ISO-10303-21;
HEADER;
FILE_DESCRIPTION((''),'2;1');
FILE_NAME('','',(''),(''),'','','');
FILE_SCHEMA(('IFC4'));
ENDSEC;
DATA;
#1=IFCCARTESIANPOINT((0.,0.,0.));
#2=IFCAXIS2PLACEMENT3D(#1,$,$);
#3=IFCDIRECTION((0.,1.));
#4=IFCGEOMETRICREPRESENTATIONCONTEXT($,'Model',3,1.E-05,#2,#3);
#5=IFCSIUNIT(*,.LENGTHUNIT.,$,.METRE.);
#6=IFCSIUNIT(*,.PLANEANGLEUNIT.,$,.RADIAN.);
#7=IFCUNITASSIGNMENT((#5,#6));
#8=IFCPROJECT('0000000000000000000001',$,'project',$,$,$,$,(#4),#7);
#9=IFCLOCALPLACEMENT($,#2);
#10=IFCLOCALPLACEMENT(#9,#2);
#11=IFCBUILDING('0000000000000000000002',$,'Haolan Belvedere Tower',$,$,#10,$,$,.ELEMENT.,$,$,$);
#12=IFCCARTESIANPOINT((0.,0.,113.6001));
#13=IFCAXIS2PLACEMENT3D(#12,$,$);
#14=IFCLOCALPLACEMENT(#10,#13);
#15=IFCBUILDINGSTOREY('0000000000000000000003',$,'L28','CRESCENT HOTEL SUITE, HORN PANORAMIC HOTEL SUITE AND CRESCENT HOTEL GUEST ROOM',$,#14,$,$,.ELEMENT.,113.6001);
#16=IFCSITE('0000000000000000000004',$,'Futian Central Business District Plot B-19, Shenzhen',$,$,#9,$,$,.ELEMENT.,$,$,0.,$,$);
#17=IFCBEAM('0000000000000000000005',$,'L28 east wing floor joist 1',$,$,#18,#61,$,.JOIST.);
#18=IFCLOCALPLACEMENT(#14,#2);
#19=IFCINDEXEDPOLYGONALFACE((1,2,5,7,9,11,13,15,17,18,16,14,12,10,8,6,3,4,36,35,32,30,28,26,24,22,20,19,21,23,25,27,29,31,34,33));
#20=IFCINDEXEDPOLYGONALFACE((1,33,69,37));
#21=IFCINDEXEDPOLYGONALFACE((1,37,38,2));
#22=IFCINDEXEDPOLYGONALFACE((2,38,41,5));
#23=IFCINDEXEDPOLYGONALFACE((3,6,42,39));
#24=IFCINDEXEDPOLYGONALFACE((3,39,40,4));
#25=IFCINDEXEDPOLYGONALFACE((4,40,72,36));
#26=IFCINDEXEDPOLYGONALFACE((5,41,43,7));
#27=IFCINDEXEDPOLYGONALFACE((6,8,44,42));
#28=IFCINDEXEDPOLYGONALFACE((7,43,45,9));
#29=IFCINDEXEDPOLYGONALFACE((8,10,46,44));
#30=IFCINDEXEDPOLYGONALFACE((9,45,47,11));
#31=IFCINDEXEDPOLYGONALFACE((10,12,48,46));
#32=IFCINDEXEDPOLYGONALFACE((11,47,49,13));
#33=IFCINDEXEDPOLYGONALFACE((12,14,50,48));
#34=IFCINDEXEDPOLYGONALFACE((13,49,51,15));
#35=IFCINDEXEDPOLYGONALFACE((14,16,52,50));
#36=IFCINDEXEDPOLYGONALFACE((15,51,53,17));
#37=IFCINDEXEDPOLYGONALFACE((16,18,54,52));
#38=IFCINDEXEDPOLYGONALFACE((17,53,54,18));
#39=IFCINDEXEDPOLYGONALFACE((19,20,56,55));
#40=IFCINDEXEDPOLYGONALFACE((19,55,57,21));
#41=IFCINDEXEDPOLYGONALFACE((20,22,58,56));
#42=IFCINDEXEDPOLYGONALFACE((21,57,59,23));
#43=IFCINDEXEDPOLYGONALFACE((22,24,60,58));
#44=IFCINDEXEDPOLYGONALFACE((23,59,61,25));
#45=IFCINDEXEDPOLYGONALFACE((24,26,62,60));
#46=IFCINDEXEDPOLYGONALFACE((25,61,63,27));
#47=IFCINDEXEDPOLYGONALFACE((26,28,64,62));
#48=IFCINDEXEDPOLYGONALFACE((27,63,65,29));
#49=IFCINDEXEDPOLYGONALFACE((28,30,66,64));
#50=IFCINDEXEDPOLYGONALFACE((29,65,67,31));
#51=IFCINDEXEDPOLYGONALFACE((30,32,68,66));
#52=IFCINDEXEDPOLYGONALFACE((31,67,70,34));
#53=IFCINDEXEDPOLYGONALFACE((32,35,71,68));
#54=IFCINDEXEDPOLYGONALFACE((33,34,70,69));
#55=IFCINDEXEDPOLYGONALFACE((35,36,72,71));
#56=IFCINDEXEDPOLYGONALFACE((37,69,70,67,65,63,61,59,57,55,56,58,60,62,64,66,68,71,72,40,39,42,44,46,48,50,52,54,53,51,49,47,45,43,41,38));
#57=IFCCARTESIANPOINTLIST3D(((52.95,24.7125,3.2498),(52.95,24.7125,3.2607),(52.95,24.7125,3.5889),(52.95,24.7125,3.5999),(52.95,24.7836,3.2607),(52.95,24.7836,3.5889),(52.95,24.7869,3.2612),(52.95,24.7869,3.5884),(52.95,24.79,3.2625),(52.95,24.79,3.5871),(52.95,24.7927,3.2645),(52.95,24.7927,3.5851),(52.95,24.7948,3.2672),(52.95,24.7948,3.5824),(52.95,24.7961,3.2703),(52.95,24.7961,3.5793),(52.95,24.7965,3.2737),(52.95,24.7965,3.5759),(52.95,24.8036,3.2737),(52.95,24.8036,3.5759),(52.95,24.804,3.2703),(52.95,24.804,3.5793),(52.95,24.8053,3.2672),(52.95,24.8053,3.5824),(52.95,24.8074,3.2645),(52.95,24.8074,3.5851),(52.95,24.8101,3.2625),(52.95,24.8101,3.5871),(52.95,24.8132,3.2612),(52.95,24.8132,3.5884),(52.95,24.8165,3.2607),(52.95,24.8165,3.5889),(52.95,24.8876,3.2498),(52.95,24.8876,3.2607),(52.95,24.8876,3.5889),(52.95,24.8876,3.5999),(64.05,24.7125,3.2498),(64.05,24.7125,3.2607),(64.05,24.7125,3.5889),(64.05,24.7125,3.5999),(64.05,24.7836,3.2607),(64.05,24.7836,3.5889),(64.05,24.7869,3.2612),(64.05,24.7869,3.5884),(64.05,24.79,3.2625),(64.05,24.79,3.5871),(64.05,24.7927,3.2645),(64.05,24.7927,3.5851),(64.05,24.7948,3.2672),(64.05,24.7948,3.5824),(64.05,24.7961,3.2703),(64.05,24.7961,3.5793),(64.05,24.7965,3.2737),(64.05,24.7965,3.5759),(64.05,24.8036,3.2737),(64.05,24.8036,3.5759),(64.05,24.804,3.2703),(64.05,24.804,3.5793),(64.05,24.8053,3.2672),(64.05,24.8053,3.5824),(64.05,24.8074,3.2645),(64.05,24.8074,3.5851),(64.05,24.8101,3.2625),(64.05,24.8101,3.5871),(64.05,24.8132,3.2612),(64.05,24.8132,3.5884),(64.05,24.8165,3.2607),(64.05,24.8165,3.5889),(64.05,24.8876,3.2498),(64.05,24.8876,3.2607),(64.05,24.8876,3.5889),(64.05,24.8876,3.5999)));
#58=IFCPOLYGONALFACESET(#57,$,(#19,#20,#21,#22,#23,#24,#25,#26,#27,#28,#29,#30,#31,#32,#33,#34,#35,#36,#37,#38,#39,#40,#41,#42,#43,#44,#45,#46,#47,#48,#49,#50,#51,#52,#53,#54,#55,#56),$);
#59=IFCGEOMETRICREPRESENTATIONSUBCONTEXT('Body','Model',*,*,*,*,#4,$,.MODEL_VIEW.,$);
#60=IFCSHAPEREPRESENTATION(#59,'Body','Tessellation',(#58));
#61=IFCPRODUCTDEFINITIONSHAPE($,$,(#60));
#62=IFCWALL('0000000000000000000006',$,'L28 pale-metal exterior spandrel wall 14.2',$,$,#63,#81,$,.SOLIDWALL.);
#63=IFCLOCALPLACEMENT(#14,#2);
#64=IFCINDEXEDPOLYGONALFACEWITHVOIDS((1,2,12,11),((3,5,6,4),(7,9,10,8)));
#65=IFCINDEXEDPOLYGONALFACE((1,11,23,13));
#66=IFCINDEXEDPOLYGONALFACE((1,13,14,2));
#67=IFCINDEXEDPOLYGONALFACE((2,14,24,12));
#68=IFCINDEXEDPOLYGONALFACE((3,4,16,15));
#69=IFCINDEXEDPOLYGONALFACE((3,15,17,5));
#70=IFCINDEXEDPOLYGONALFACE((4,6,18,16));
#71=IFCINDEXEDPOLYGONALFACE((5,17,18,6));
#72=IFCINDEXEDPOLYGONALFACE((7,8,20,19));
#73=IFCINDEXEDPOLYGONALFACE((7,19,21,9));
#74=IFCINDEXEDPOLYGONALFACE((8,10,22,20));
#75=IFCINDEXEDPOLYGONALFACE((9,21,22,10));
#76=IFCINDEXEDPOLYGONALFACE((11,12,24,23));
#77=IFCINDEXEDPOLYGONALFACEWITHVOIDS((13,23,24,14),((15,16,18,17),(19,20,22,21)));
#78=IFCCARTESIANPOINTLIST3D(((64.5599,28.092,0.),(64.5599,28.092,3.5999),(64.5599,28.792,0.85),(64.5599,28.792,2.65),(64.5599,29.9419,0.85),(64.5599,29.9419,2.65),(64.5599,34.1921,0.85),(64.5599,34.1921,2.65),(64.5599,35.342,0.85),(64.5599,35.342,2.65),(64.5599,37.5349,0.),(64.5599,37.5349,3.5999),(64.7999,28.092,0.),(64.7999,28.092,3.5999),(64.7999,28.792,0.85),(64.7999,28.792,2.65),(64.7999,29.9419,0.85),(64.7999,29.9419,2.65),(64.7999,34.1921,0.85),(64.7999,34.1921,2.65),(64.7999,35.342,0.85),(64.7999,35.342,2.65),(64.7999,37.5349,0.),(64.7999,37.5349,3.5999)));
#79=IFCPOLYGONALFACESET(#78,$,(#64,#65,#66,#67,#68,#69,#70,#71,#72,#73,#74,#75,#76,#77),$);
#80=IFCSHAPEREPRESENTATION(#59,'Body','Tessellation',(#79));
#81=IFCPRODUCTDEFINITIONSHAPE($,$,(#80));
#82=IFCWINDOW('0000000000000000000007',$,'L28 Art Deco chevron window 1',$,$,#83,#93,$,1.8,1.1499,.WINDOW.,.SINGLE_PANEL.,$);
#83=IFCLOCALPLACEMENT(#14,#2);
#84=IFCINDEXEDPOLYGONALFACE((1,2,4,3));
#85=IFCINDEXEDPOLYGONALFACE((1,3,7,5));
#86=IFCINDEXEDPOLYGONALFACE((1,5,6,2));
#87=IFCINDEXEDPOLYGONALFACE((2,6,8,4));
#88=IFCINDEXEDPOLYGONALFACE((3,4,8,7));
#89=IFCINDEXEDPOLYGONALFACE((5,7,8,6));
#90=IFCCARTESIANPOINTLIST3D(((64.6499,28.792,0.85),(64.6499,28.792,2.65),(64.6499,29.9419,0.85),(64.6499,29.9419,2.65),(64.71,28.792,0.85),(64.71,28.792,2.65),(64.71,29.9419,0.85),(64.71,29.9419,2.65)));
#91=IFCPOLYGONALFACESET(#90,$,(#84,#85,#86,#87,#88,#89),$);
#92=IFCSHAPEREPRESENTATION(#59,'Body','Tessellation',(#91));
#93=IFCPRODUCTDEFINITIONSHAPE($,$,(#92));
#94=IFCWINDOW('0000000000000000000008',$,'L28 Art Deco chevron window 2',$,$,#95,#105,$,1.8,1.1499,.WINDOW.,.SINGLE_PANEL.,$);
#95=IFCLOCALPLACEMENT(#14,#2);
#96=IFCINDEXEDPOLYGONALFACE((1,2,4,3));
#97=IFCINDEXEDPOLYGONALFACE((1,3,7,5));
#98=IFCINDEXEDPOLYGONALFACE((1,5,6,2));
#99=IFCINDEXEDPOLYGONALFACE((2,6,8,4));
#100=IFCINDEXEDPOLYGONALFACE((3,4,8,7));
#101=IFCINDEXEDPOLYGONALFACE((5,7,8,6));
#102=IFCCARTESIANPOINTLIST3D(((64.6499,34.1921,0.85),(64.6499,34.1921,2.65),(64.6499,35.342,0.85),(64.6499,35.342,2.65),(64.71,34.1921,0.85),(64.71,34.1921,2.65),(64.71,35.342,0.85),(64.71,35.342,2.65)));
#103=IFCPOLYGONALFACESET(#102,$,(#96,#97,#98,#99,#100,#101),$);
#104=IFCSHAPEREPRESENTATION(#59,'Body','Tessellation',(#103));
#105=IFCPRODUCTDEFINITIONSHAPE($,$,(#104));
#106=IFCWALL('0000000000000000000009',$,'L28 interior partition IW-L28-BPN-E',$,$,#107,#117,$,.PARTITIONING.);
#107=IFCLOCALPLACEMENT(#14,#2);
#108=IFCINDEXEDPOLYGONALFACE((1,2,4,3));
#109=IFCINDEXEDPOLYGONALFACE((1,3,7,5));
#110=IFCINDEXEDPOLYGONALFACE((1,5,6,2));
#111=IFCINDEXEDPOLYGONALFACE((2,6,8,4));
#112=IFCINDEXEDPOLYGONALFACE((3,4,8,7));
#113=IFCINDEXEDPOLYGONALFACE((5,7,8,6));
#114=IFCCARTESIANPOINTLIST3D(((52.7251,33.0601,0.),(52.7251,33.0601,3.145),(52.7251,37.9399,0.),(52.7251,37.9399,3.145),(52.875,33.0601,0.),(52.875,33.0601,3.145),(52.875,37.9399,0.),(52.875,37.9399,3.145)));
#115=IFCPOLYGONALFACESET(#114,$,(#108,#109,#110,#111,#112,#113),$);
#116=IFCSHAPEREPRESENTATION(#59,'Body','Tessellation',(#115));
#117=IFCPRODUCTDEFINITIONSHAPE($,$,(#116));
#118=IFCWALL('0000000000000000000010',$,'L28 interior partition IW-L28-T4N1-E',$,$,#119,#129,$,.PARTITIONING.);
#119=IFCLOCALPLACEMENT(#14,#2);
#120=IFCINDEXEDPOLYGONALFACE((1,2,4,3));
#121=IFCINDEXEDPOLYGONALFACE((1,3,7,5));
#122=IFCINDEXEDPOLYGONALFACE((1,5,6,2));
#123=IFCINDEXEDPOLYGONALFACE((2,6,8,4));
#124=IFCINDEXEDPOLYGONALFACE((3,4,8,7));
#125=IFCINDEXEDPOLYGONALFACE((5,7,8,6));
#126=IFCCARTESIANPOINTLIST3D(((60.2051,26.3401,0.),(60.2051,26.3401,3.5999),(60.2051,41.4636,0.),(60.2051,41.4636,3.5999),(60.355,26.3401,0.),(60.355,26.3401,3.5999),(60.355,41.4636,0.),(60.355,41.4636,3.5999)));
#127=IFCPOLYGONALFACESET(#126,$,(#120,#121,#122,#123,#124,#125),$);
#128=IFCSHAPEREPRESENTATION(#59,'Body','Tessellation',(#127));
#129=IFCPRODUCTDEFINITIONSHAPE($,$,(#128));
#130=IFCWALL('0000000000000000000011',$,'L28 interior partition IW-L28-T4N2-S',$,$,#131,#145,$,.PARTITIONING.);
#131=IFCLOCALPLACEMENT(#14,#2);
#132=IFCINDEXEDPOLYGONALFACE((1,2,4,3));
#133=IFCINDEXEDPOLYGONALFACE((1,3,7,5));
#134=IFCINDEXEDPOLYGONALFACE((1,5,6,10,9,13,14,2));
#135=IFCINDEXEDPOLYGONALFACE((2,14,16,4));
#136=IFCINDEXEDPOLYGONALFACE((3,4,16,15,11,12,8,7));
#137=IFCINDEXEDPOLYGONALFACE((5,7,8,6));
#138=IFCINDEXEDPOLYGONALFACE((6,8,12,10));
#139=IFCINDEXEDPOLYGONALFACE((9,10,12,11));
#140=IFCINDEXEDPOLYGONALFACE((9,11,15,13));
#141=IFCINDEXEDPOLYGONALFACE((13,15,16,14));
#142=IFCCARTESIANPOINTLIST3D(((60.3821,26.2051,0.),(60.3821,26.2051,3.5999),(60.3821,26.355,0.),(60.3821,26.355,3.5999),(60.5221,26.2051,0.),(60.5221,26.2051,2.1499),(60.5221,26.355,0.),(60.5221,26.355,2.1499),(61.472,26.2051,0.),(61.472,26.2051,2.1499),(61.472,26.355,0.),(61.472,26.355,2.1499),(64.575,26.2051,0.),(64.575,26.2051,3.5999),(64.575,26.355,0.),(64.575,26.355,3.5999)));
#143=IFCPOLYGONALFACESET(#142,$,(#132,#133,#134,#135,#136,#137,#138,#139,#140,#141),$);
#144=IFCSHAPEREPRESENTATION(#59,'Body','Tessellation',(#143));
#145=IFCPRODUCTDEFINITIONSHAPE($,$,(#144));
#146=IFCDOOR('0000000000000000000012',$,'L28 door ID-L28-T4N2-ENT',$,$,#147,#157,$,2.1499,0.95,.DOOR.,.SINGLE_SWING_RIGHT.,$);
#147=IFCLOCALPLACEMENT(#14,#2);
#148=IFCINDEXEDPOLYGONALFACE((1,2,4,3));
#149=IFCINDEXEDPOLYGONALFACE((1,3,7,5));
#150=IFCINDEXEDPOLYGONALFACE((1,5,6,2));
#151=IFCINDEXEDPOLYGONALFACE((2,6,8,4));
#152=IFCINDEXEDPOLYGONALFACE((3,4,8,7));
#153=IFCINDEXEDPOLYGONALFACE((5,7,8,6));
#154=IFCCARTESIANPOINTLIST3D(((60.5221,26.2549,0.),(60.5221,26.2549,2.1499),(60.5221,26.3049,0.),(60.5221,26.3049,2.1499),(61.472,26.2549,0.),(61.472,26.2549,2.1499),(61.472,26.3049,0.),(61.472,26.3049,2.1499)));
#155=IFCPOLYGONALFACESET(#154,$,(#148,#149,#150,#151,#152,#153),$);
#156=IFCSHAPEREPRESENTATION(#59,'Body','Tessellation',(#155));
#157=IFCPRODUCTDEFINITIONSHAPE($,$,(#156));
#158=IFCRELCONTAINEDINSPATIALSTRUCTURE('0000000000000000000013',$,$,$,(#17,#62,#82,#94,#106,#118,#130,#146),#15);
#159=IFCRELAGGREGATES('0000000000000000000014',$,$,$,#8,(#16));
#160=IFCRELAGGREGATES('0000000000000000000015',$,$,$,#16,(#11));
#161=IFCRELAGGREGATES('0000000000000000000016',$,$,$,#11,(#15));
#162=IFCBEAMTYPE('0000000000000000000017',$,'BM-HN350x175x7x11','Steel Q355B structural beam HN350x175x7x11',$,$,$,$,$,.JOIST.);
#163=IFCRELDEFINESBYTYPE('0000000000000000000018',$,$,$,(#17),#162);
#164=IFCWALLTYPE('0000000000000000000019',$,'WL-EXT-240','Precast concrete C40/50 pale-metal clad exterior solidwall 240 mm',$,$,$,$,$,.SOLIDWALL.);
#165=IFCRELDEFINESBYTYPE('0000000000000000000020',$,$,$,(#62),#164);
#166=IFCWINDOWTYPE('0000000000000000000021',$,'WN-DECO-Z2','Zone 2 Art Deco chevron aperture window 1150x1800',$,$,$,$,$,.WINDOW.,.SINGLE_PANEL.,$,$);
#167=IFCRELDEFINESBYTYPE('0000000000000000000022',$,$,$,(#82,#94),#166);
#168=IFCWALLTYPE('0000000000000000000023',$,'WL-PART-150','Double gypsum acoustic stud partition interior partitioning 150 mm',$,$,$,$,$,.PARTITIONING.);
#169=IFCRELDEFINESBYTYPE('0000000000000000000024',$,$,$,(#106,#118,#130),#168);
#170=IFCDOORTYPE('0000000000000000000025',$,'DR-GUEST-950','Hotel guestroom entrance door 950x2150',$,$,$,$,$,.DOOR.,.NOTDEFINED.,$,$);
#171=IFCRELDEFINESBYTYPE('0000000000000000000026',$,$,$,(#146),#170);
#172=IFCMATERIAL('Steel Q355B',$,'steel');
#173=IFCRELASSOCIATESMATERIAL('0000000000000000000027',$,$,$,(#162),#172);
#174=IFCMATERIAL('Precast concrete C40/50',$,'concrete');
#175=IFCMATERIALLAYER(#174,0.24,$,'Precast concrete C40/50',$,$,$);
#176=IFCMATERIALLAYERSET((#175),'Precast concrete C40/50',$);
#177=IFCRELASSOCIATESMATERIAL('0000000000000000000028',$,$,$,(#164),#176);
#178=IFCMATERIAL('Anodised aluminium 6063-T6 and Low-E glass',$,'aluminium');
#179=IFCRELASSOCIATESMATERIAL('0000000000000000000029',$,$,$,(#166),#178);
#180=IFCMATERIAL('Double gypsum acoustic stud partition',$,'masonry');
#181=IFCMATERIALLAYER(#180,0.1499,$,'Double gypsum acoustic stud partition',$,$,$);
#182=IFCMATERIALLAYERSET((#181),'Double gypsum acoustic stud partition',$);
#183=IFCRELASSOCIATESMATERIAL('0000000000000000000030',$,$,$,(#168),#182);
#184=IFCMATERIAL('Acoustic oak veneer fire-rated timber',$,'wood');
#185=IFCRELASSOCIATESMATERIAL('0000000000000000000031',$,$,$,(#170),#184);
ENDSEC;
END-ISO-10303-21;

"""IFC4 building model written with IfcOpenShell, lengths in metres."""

from ifc_helpers import new_model, si_unit, direction, frame, frame_2d, origin, origin_2d, place, context, subcontext, project, spatial, rectangle, i_section, extrude, material, layer, layer_set, material_profile, profile_set, type_object, element, fill, save


model = new_model("IFC4")

# Units and contexts
model_context = context("Model", 3, precision=1e-05, world=origin(), true_north=direction((0.0, 1.0)))
body_context = subcontext(model_context, "Body", "Model", "MODEL_VIEW")
ifc_project = project(units=[si_unit("LENGTHUNIT", "METRE"), si_unit("PLANEANGLEUNIT", "RADIAN")], contexts=[model_context])

# Site, building, storey
site_placement = place(None, origin())
site = spatial("IfcSite", under=ifc_project, at=site_placement, Name="Futian Central Business District Plot B-19, Shenzhen", CompositionType="ELEMENT", RefElevation=0.0)
building_placement = place(site_placement, origin())
building = spatial("IfcBuilding", under=site, at=building_placement, Name="Haolan Belvedere Tower", CompositionType="ELEMENT")
storey_placement = place(building_placement, frame((0.0, 0.0, 113.6001)))
storey = spatial("IfcBuildingStorey", under=building, at=storey_placement, Name="L28", Description="CRESCENT HOTEL SUITE, HORN PANORAMIC HOTEL SUITE AND CRESCENT HOTEL GUEST ROOM", CompositionType="ELEMENT", Elevation=113.6001)

# Beam
ifc_material_1 = material(Name="Steel Q355B", Category="steel")
ifc_material_profile_1 = material_profile(ifc_material_1, i_section(OverallWidth=0.175, OverallDepth=0.3501, WebThickness=0.0071, FlangeThickness=0.011, FilletRadius=0.0129, at=origin_2d()), Name="Steel Q355B")
ifc_profile_set_1 = profile_set([ifc_material_profile_1], Name="Steel Q355B")
beam_type_1 = type_object("IfcBeamType", Name="BM-HN350x175x7x11", Description="Steel Q355B structural beam HN350x175x7x11", PredefinedType="JOIST", material=ifc_profile_set_1)
beam_1_placement = place(storey_placement, frame((52.95, 24.8, 3.4248), z_axis=(1.0, 0.0, 0.0), x_axis=(0.0, 1.0, 0.0)))
element("IfcBeam", 1, at=beam_1_placement, inside=storey, type_object=beam_type_1, Name="L28 east wing floor joist 1", PredefinedType="JOIST", context=body_context, shape_type="SweptSolid", body=[
    extrude(i_section(OverallWidth=0.175, OverallDepth=0.3501, WebThickness=0.0071, FlangeThickness=0.011, FilletRadius=0.0129, at=origin_2d()), origin(), (0.0, 0.0, 1.0), 11.1001),
])

# Wall, openings, windows
ifc_material_2 = material(Name="Precast concrete C40/50", Category="concrete")
ifc_layer_1 = layer(ifc_material_2, 0.24, Name="Precast concrete C40/50")
ifc_layer_set_1 = layer_set([ifc_layer_1], Name="Precast concrete C40/50")
wall_type_1 = type_object("IfcWallType", Name="WL-EXT-240", Description="Precast concrete C40/50 pale-metal clad exterior solidwall 240 mm", PredefinedType="SOLIDWALL", material=ifc_layer_set_1)
wall_1_placement = place(storey_placement, frame((64.6799, 28.092, 0.0), z_axis=(0.0, 0.0, 1.0), x_axis=(0.0, 1.0, 0.0)))
wall_1 = element("IfcWall", 2, at=wall_1_placement, inside=storey, type_object=wall_type_1, Name="L28 pale-metal exterior spandrel wall 14.2", PredefinedType="SOLIDWALL", context=body_context, shape_type="SweptSolid", body=[
    extrude(rectangle(XDim=9.4429, YDim=0.24, at=frame_2d((4.7214, 0.0))), origin(), (0.0, 0.0, 1.0), 3.5999),
])
opening_1_placement = place(wall_1_placement, frame((0.7, 0.0, 0.8501)))
opening_1 = element("IfcOpeningElement", 3, at=opening_1_placement, cuts=wall_1, PredefinedType="OPENING", context=body_context, shape_type="SweptSolid", body=[
    extrude(rectangle(XDim=1.1499, YDim=1.8, at=frame_2d((0.575, 0.8999))), frame((0.0, 0.1299, 0.0), z_axis=(0.0, -1.0, 0.0), x_axis=(1.0, 0.0, 0.0)), (0.0, 0.0, 1.0), 0.26),
])
opening_2_placement = place(wall_1_placement, frame((6.1001, 0.0, 0.8501)))
opening_2 = element("IfcOpeningElement", 4, at=opening_2_placement, cuts=wall_1, PredefinedType="OPENING", context=body_context, shape_type="SweptSolid", body=[
    extrude(rectangle(XDim=1.1499, YDim=1.8, at=frame_2d((0.575, 0.8999))), frame((0.0, 0.1299, 0.0), z_axis=(0.0, -1.0, 0.0), x_axis=(1.0, 0.0, 0.0)), (0.0, 0.0, 1.0), 0.26),
])
ifc_material_3 = material(Name="Anodised aluminium 6063-T6 and Low-E glass", Category="aluminium")
window_type = type_object("IfcWindowType", Name="WN-DECO-Z2", Description="Zone 2 Art Deco chevron aperture window 1150x1800", PartitioningType="SINGLE_PANEL", PredefinedType="WINDOW", material=ifc_material_3)
window_1_placement = place(opening_1_placement, origin())
window_1 = element("IfcWindow", 5, at=window_1_placement, inside=storey, type_object=window_type, Name="L28 Art Deco chevron window 1", OverallHeight=1.8, OverallWidth=1.1499, PartitioningType="SINGLE_PANEL", PredefinedType="WINDOW", context=body_context, shape_type="SweptSolid", body=[
    extrude(rectangle(XDim=1.1499, YDim=1.8, at=frame_2d((0.575, 0.8999))), frame((0.0, 0.03, 0.0), z_axis=(0.0, -1.0, 0.0), x_axis=(1.0, 0.0, 0.0)), (0.0, 0.0, 1.0), 0.0601),
])
fill(opening_1, window_1)
window_2_placement = place(opening_2_placement, origin())
window_2 = element("IfcWindow", 6, at=window_2_placement, inside=storey, type_object=window_type, Name="L28 Art Deco chevron window 2", OverallHeight=1.8, OverallWidth=1.1499, PartitioningType="SINGLE_PANEL", PredefinedType="WINDOW", context=body_context, shape_type="SweptSolid", body=[
    extrude(rectangle(XDim=1.1499, YDim=1.8, at=frame_2d((0.575, 0.8999))), frame((0.0, 0.03, 0.0), z_axis=(0.0, -1.0, 0.0), x_axis=(1.0, 0.0, 0.0)), (0.0, 0.0, 1.0), 0.0601),
])
fill(opening_2, window_2)

# Walls
ifc_material_4 = material(Name="Double gypsum acoustic stud partition", Category="masonry")
ifc_layer_2 = layer(ifc_material_4, 0.1499, Name="Double gypsum acoustic stud partition")
ifc_layer_set_2 = layer_set([ifc_layer_2], Name="Double gypsum acoustic stud partition")
wall_type_2 = type_object("IfcWallType", Name="WL-PART-150", Description="Double gypsum acoustic stud partition interior partitioning 150 mm", PredefinedType="PARTITIONING", material=ifc_layer_set_2)
wall_2_placement = place(storey_placement, frame((52.8, 33.0601, 0.0), z_axis=(0.0, 0.0, 1.0), x_axis=(0.0, 1.0, 0.0)))
element("IfcWall", 7, at=wall_2_placement, inside=storey, type_object=wall_type_2, Name="L28 interior partition IW-L28-BPN-E", PredefinedType="PARTITIONING", context=body_context, shape_type="SweptSolid", body=[
    extrude(rectangle(XDim=4.8799, YDim=0.1499, at=frame_2d((2.4399, 0.0))), origin(), (0.0, 0.0, 1.0), 3.145),
])
wall_3_placement = place(storey_placement, frame((60.28, 26.3401, 0.0), z_axis=(0.0, 0.0, 1.0), x_axis=(0.0, 1.0, 0.0)))
element("IfcWall", 8, at=wall_3_placement, inside=storey, type_object=wall_type_2, Name="L28 interior partition IW-L28-T4N1-E", PredefinedType="PARTITIONING", context=body_context, shape_type="SweptSolid", body=[
    extrude(rectangle(XDim=15.1235, YDim=0.1499, at=frame_2d((7.5618, 0.0))), origin(), (0.0, 0.0, 1.0), 3.5999),
])

# Wall, opening, door
wall_4_placement = place(storey_placement, frame((60.3821, 26.28, 0.0), z_axis=(0.0, 0.0, 1.0), x_axis=(1.0, 0.0, 0.0)))
wall_4 = element("IfcWall", 9, at=wall_4_placement, inside=storey, type_object=wall_type_2, Name="L28 interior partition IW-L28-T4N2-S", PredefinedType="PARTITIONING", context=body_context, shape_type="SweptSolid", body=[
    extrude(rectangle(XDim=4.1929, YDim=0.1499, at=frame_2d((2.0964, 0.0))), origin(), (0.0, 0.0, 1.0), 3.5999),
])
opening_3_placement = place(wall_4_placement, frame((0.1399, 0.0, 0.0)))
opening_3 = element("IfcOpeningElement", 10, at=opening_3_placement, cuts=wall_4, PredefinedType="OPENING", context=body_context, shape_type="SweptSolid", body=[
    extrude(rectangle(XDim=0.95, YDim=2.1499, at=frame_2d((0.4751, 1.075))), frame((0.0, 0.085, 0.0), z_axis=(0.0, -1.0, 0.0), x_axis=(1.0, 0.0, 0.0)), (0.0, 0.0, 1.0), 0.1699),
])
ifc_material_5 = material(Name="Acoustic oak veneer fire-rated timber", Category="wood")
door_type_1 = type_object("IfcDoorType", Name="DR-GUEST-950", Description="Hotel guestroom entrance door 950x2150", OperationType="NOTDEFINED", PredefinedType="DOOR", material=ifc_material_5)
door_1_placement = place(opening_3_placement, origin())
door_1 = element("IfcDoor", 11, at=door_1_placement, inside=storey, type_object=door_type_1, Name="L28 door ID-L28-T4N2-ENT", OperationType="SINGLE_SWING_RIGHT", OverallHeight=2.1499, OverallWidth=0.95, PredefinedType="DOOR", context=body_context, shape_type="SweptSolid", body=[
    extrude(rectangle(XDim=0.95, YDim=2.1499, at=frame_2d((0.4751, 1.075))), frame((0.0, 0.0249, 0.0), z_axis=(0.0, -1.0, 0.0), x_axis=(1.0, 0.0, 0.0)), (0.0, 0.0, 1.0), 0.05),
])
fill(opening_3, door_1)

save(model, "model.ifc")
